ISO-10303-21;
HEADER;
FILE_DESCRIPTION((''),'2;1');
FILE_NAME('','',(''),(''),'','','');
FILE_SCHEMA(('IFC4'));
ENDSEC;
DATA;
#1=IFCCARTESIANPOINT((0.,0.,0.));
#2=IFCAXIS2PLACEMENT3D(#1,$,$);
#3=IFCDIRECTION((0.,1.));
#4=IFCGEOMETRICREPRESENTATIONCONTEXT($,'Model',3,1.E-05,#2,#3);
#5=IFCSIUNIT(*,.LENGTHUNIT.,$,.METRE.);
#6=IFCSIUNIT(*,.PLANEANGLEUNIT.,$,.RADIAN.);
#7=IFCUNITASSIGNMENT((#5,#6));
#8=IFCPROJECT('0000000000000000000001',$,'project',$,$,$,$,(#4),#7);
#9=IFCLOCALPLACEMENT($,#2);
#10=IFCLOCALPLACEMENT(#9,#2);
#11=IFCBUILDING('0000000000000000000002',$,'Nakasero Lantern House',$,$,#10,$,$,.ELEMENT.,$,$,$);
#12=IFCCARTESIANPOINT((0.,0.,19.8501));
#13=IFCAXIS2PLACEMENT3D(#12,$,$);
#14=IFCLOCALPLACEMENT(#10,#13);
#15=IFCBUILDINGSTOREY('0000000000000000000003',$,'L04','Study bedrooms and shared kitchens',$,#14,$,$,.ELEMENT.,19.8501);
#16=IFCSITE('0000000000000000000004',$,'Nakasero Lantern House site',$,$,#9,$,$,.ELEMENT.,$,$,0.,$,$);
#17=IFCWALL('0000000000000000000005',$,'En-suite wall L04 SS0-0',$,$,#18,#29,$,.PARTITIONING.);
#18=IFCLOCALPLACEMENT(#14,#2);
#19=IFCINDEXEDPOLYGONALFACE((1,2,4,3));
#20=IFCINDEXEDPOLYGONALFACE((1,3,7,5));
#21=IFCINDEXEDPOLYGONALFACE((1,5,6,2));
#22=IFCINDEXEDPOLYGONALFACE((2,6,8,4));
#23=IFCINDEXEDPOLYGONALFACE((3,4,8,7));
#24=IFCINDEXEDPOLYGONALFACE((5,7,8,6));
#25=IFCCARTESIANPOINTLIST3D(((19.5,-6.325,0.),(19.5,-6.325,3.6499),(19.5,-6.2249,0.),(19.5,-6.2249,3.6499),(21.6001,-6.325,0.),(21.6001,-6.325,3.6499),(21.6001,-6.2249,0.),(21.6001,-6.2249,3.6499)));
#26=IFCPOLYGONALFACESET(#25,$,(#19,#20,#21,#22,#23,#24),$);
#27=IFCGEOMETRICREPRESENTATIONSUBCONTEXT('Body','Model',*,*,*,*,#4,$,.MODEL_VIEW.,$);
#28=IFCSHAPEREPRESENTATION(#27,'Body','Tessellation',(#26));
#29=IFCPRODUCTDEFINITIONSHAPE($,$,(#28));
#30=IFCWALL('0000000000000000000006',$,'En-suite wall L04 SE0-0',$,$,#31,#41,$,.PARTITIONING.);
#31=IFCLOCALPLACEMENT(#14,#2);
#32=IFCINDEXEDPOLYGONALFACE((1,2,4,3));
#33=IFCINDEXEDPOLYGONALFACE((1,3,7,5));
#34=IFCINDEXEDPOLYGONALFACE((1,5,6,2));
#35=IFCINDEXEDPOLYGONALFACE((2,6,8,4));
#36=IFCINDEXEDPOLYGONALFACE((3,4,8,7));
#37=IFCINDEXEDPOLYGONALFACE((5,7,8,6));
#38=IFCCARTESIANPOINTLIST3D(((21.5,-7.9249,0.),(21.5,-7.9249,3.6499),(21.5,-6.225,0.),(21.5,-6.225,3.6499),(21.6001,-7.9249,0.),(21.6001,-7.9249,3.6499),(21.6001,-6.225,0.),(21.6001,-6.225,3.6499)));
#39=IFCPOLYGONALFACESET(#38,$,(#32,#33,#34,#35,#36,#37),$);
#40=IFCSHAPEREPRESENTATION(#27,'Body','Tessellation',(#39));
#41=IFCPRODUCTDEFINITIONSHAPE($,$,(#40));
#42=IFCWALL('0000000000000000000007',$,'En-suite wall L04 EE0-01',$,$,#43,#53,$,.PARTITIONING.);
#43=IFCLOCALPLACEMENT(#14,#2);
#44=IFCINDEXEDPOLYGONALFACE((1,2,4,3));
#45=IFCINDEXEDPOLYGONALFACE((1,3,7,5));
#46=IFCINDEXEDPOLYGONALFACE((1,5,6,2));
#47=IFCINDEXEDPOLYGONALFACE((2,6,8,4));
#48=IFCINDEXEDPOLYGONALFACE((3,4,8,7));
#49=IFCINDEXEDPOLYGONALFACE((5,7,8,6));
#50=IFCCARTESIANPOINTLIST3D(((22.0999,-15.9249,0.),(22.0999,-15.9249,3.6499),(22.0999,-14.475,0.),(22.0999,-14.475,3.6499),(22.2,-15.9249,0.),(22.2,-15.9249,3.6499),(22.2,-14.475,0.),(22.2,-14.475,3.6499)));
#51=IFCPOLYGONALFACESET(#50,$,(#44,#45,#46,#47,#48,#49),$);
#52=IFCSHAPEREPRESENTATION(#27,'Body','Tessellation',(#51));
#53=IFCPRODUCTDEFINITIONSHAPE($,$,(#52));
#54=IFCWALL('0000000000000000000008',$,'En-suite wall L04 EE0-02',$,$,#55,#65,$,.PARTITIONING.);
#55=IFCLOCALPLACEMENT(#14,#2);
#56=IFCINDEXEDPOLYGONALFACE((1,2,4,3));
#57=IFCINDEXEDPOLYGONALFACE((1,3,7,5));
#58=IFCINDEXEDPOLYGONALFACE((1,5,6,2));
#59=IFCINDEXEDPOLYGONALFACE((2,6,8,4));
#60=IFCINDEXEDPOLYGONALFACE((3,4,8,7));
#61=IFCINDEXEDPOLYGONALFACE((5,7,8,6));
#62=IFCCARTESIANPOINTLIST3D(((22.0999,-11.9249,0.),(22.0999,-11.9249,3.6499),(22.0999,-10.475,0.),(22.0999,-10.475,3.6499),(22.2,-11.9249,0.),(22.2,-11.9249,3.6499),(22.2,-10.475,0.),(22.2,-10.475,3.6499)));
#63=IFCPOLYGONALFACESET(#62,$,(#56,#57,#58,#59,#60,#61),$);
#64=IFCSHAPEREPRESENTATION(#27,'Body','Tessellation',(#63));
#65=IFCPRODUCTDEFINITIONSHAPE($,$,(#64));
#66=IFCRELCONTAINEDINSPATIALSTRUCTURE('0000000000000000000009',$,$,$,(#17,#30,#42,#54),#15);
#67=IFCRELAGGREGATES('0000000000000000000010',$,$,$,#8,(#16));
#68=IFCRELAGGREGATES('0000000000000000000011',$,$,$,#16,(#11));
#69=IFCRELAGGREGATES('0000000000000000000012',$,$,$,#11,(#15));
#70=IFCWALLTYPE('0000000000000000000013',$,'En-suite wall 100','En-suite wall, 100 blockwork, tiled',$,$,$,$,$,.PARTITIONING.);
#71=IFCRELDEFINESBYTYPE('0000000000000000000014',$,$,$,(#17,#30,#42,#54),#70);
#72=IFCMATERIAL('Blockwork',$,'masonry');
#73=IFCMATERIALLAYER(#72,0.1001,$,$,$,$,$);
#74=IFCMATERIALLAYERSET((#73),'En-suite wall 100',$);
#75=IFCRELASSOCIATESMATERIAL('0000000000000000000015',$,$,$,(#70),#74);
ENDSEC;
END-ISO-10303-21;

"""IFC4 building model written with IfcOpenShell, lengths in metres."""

from ifc_helpers import new_model, si_unit, direction, frame, frame_2d, origin, place, context, subcontext, project, spatial, rectangle, extrude, material, layer, layer_set, type_object, element, save


model = new_model("IFC4")

# Units and contexts
model_context = context("Model", 3, precision=1e-05, world=origin(), true_north=direction((0.0, 1.0)))
body_context = subcontext(model_context, "Body", "Model", "MODEL_VIEW")
ifc_project = project(units=[si_unit("LENGTHUNIT", "METRE"), si_unit("PLANEANGLEUNIT", "RADIAN")], contexts=[model_context])

# Site, building, storey
site_placement = place(None, origin())
site = spatial("IfcSite", under=ifc_project, at=site_placement, Name="Nakasero Lantern House site", CompositionType="ELEMENT", RefElevation=0.0)
building_placement = place(site_placement, origin())
building = spatial("IfcBuilding", under=site, at=building_placement, Name="Nakasero Lantern House", CompositionType="ELEMENT")
storey_placement = place(building_placement, frame((0.0, 0.0, 19.8501)))
storey = spatial("IfcBuildingStorey", under=building, at=storey_placement, Name="L04", Description="Study bedrooms and shared kitchens", CompositionType="ELEMENT", Elevation=19.8501)

# Walls
ifc_material_1 = material(Name="Blockwork", Category="masonry")
ifc_layer_1 = layer(ifc_material_1, 0.1001)
ifc_layer_set_1 = layer_set([ifc_layer_1], Name="En-suite wall 100")
wall_type_1 = type_object("IfcWallType", Name="En-suite wall 100", Description="En-suite wall, 100 blockwork, tiled", PredefinedType="PARTITIONING", material=ifc_layer_set_1)
wall_1_placement = place(storey_placement, frame((19.5, -6.2749, 0.0), z_axis=(0.0, 0.0, 1.0), x_axis=(1.0, 0.0, 0.0)))
element("IfcWall", 1, at=wall_1_placement, inside=storey, type_object=wall_type_1, Name="En-suite wall L04 SS0-0", PredefinedType="PARTITIONING", context=body_context, shape_type="SweptSolid", body=[
    extrude(rectangle(XDim=2.1001, YDim=0.1001, at=frame_2d((1.05, 0.0))), origin(), (0.0, 0.0, 1.0), 3.6499),
])
wall_2_placement = place(storey_placement, frame((21.55, -7.925, 0.0), z_axis=(0.0, 0.0, 1.0), x_axis=(0.0, 1.0, 0.0)))
element("IfcWall", 2, at=wall_2_placement, inside=storey, type_object=wall_type_1, Name="En-suite wall L04 SE0-0", PredefinedType="PARTITIONING", context=body_context, shape_type="SweptSolid", body=[
    extrude(rectangle(XDim=1.7, YDim=0.1001, at=frame_2d((0.8501, 0.0))), origin(), (0.0, 0.0, 1.0), 3.6499),
])
for number, where, z_axis, x_axis, name in (
    (3, (22.1499, -15.925, 0.0), (0.0, 0.0, 1.0), (0.0, 1.0, 0.0), "En-suite wall L04 EE0-01"),
    (4, (22.1499, -11.925, 0.0), (0.0, 0.0, 1.0), (0.0, 1.0, 0.0), "En-suite wall L04 EE0-02"),
):
    element("IfcWall", number, at=place(storey_placement, frame(where, z_axis=z_axis, x_axis=x_axis)), inside=storey, type_object=wall_type_1, Name=name, PredefinedType="PARTITIONING", context=body_context, shape_type="SweptSolid", body=[
        extrude(rectangle(XDim=1.45, YDim=0.1001, at=frame_2d((0.7251, 0.0))), origin(), (0.0, 0.0, 1.0), 3.6499),
    ])

save(model, "model.ifc")
